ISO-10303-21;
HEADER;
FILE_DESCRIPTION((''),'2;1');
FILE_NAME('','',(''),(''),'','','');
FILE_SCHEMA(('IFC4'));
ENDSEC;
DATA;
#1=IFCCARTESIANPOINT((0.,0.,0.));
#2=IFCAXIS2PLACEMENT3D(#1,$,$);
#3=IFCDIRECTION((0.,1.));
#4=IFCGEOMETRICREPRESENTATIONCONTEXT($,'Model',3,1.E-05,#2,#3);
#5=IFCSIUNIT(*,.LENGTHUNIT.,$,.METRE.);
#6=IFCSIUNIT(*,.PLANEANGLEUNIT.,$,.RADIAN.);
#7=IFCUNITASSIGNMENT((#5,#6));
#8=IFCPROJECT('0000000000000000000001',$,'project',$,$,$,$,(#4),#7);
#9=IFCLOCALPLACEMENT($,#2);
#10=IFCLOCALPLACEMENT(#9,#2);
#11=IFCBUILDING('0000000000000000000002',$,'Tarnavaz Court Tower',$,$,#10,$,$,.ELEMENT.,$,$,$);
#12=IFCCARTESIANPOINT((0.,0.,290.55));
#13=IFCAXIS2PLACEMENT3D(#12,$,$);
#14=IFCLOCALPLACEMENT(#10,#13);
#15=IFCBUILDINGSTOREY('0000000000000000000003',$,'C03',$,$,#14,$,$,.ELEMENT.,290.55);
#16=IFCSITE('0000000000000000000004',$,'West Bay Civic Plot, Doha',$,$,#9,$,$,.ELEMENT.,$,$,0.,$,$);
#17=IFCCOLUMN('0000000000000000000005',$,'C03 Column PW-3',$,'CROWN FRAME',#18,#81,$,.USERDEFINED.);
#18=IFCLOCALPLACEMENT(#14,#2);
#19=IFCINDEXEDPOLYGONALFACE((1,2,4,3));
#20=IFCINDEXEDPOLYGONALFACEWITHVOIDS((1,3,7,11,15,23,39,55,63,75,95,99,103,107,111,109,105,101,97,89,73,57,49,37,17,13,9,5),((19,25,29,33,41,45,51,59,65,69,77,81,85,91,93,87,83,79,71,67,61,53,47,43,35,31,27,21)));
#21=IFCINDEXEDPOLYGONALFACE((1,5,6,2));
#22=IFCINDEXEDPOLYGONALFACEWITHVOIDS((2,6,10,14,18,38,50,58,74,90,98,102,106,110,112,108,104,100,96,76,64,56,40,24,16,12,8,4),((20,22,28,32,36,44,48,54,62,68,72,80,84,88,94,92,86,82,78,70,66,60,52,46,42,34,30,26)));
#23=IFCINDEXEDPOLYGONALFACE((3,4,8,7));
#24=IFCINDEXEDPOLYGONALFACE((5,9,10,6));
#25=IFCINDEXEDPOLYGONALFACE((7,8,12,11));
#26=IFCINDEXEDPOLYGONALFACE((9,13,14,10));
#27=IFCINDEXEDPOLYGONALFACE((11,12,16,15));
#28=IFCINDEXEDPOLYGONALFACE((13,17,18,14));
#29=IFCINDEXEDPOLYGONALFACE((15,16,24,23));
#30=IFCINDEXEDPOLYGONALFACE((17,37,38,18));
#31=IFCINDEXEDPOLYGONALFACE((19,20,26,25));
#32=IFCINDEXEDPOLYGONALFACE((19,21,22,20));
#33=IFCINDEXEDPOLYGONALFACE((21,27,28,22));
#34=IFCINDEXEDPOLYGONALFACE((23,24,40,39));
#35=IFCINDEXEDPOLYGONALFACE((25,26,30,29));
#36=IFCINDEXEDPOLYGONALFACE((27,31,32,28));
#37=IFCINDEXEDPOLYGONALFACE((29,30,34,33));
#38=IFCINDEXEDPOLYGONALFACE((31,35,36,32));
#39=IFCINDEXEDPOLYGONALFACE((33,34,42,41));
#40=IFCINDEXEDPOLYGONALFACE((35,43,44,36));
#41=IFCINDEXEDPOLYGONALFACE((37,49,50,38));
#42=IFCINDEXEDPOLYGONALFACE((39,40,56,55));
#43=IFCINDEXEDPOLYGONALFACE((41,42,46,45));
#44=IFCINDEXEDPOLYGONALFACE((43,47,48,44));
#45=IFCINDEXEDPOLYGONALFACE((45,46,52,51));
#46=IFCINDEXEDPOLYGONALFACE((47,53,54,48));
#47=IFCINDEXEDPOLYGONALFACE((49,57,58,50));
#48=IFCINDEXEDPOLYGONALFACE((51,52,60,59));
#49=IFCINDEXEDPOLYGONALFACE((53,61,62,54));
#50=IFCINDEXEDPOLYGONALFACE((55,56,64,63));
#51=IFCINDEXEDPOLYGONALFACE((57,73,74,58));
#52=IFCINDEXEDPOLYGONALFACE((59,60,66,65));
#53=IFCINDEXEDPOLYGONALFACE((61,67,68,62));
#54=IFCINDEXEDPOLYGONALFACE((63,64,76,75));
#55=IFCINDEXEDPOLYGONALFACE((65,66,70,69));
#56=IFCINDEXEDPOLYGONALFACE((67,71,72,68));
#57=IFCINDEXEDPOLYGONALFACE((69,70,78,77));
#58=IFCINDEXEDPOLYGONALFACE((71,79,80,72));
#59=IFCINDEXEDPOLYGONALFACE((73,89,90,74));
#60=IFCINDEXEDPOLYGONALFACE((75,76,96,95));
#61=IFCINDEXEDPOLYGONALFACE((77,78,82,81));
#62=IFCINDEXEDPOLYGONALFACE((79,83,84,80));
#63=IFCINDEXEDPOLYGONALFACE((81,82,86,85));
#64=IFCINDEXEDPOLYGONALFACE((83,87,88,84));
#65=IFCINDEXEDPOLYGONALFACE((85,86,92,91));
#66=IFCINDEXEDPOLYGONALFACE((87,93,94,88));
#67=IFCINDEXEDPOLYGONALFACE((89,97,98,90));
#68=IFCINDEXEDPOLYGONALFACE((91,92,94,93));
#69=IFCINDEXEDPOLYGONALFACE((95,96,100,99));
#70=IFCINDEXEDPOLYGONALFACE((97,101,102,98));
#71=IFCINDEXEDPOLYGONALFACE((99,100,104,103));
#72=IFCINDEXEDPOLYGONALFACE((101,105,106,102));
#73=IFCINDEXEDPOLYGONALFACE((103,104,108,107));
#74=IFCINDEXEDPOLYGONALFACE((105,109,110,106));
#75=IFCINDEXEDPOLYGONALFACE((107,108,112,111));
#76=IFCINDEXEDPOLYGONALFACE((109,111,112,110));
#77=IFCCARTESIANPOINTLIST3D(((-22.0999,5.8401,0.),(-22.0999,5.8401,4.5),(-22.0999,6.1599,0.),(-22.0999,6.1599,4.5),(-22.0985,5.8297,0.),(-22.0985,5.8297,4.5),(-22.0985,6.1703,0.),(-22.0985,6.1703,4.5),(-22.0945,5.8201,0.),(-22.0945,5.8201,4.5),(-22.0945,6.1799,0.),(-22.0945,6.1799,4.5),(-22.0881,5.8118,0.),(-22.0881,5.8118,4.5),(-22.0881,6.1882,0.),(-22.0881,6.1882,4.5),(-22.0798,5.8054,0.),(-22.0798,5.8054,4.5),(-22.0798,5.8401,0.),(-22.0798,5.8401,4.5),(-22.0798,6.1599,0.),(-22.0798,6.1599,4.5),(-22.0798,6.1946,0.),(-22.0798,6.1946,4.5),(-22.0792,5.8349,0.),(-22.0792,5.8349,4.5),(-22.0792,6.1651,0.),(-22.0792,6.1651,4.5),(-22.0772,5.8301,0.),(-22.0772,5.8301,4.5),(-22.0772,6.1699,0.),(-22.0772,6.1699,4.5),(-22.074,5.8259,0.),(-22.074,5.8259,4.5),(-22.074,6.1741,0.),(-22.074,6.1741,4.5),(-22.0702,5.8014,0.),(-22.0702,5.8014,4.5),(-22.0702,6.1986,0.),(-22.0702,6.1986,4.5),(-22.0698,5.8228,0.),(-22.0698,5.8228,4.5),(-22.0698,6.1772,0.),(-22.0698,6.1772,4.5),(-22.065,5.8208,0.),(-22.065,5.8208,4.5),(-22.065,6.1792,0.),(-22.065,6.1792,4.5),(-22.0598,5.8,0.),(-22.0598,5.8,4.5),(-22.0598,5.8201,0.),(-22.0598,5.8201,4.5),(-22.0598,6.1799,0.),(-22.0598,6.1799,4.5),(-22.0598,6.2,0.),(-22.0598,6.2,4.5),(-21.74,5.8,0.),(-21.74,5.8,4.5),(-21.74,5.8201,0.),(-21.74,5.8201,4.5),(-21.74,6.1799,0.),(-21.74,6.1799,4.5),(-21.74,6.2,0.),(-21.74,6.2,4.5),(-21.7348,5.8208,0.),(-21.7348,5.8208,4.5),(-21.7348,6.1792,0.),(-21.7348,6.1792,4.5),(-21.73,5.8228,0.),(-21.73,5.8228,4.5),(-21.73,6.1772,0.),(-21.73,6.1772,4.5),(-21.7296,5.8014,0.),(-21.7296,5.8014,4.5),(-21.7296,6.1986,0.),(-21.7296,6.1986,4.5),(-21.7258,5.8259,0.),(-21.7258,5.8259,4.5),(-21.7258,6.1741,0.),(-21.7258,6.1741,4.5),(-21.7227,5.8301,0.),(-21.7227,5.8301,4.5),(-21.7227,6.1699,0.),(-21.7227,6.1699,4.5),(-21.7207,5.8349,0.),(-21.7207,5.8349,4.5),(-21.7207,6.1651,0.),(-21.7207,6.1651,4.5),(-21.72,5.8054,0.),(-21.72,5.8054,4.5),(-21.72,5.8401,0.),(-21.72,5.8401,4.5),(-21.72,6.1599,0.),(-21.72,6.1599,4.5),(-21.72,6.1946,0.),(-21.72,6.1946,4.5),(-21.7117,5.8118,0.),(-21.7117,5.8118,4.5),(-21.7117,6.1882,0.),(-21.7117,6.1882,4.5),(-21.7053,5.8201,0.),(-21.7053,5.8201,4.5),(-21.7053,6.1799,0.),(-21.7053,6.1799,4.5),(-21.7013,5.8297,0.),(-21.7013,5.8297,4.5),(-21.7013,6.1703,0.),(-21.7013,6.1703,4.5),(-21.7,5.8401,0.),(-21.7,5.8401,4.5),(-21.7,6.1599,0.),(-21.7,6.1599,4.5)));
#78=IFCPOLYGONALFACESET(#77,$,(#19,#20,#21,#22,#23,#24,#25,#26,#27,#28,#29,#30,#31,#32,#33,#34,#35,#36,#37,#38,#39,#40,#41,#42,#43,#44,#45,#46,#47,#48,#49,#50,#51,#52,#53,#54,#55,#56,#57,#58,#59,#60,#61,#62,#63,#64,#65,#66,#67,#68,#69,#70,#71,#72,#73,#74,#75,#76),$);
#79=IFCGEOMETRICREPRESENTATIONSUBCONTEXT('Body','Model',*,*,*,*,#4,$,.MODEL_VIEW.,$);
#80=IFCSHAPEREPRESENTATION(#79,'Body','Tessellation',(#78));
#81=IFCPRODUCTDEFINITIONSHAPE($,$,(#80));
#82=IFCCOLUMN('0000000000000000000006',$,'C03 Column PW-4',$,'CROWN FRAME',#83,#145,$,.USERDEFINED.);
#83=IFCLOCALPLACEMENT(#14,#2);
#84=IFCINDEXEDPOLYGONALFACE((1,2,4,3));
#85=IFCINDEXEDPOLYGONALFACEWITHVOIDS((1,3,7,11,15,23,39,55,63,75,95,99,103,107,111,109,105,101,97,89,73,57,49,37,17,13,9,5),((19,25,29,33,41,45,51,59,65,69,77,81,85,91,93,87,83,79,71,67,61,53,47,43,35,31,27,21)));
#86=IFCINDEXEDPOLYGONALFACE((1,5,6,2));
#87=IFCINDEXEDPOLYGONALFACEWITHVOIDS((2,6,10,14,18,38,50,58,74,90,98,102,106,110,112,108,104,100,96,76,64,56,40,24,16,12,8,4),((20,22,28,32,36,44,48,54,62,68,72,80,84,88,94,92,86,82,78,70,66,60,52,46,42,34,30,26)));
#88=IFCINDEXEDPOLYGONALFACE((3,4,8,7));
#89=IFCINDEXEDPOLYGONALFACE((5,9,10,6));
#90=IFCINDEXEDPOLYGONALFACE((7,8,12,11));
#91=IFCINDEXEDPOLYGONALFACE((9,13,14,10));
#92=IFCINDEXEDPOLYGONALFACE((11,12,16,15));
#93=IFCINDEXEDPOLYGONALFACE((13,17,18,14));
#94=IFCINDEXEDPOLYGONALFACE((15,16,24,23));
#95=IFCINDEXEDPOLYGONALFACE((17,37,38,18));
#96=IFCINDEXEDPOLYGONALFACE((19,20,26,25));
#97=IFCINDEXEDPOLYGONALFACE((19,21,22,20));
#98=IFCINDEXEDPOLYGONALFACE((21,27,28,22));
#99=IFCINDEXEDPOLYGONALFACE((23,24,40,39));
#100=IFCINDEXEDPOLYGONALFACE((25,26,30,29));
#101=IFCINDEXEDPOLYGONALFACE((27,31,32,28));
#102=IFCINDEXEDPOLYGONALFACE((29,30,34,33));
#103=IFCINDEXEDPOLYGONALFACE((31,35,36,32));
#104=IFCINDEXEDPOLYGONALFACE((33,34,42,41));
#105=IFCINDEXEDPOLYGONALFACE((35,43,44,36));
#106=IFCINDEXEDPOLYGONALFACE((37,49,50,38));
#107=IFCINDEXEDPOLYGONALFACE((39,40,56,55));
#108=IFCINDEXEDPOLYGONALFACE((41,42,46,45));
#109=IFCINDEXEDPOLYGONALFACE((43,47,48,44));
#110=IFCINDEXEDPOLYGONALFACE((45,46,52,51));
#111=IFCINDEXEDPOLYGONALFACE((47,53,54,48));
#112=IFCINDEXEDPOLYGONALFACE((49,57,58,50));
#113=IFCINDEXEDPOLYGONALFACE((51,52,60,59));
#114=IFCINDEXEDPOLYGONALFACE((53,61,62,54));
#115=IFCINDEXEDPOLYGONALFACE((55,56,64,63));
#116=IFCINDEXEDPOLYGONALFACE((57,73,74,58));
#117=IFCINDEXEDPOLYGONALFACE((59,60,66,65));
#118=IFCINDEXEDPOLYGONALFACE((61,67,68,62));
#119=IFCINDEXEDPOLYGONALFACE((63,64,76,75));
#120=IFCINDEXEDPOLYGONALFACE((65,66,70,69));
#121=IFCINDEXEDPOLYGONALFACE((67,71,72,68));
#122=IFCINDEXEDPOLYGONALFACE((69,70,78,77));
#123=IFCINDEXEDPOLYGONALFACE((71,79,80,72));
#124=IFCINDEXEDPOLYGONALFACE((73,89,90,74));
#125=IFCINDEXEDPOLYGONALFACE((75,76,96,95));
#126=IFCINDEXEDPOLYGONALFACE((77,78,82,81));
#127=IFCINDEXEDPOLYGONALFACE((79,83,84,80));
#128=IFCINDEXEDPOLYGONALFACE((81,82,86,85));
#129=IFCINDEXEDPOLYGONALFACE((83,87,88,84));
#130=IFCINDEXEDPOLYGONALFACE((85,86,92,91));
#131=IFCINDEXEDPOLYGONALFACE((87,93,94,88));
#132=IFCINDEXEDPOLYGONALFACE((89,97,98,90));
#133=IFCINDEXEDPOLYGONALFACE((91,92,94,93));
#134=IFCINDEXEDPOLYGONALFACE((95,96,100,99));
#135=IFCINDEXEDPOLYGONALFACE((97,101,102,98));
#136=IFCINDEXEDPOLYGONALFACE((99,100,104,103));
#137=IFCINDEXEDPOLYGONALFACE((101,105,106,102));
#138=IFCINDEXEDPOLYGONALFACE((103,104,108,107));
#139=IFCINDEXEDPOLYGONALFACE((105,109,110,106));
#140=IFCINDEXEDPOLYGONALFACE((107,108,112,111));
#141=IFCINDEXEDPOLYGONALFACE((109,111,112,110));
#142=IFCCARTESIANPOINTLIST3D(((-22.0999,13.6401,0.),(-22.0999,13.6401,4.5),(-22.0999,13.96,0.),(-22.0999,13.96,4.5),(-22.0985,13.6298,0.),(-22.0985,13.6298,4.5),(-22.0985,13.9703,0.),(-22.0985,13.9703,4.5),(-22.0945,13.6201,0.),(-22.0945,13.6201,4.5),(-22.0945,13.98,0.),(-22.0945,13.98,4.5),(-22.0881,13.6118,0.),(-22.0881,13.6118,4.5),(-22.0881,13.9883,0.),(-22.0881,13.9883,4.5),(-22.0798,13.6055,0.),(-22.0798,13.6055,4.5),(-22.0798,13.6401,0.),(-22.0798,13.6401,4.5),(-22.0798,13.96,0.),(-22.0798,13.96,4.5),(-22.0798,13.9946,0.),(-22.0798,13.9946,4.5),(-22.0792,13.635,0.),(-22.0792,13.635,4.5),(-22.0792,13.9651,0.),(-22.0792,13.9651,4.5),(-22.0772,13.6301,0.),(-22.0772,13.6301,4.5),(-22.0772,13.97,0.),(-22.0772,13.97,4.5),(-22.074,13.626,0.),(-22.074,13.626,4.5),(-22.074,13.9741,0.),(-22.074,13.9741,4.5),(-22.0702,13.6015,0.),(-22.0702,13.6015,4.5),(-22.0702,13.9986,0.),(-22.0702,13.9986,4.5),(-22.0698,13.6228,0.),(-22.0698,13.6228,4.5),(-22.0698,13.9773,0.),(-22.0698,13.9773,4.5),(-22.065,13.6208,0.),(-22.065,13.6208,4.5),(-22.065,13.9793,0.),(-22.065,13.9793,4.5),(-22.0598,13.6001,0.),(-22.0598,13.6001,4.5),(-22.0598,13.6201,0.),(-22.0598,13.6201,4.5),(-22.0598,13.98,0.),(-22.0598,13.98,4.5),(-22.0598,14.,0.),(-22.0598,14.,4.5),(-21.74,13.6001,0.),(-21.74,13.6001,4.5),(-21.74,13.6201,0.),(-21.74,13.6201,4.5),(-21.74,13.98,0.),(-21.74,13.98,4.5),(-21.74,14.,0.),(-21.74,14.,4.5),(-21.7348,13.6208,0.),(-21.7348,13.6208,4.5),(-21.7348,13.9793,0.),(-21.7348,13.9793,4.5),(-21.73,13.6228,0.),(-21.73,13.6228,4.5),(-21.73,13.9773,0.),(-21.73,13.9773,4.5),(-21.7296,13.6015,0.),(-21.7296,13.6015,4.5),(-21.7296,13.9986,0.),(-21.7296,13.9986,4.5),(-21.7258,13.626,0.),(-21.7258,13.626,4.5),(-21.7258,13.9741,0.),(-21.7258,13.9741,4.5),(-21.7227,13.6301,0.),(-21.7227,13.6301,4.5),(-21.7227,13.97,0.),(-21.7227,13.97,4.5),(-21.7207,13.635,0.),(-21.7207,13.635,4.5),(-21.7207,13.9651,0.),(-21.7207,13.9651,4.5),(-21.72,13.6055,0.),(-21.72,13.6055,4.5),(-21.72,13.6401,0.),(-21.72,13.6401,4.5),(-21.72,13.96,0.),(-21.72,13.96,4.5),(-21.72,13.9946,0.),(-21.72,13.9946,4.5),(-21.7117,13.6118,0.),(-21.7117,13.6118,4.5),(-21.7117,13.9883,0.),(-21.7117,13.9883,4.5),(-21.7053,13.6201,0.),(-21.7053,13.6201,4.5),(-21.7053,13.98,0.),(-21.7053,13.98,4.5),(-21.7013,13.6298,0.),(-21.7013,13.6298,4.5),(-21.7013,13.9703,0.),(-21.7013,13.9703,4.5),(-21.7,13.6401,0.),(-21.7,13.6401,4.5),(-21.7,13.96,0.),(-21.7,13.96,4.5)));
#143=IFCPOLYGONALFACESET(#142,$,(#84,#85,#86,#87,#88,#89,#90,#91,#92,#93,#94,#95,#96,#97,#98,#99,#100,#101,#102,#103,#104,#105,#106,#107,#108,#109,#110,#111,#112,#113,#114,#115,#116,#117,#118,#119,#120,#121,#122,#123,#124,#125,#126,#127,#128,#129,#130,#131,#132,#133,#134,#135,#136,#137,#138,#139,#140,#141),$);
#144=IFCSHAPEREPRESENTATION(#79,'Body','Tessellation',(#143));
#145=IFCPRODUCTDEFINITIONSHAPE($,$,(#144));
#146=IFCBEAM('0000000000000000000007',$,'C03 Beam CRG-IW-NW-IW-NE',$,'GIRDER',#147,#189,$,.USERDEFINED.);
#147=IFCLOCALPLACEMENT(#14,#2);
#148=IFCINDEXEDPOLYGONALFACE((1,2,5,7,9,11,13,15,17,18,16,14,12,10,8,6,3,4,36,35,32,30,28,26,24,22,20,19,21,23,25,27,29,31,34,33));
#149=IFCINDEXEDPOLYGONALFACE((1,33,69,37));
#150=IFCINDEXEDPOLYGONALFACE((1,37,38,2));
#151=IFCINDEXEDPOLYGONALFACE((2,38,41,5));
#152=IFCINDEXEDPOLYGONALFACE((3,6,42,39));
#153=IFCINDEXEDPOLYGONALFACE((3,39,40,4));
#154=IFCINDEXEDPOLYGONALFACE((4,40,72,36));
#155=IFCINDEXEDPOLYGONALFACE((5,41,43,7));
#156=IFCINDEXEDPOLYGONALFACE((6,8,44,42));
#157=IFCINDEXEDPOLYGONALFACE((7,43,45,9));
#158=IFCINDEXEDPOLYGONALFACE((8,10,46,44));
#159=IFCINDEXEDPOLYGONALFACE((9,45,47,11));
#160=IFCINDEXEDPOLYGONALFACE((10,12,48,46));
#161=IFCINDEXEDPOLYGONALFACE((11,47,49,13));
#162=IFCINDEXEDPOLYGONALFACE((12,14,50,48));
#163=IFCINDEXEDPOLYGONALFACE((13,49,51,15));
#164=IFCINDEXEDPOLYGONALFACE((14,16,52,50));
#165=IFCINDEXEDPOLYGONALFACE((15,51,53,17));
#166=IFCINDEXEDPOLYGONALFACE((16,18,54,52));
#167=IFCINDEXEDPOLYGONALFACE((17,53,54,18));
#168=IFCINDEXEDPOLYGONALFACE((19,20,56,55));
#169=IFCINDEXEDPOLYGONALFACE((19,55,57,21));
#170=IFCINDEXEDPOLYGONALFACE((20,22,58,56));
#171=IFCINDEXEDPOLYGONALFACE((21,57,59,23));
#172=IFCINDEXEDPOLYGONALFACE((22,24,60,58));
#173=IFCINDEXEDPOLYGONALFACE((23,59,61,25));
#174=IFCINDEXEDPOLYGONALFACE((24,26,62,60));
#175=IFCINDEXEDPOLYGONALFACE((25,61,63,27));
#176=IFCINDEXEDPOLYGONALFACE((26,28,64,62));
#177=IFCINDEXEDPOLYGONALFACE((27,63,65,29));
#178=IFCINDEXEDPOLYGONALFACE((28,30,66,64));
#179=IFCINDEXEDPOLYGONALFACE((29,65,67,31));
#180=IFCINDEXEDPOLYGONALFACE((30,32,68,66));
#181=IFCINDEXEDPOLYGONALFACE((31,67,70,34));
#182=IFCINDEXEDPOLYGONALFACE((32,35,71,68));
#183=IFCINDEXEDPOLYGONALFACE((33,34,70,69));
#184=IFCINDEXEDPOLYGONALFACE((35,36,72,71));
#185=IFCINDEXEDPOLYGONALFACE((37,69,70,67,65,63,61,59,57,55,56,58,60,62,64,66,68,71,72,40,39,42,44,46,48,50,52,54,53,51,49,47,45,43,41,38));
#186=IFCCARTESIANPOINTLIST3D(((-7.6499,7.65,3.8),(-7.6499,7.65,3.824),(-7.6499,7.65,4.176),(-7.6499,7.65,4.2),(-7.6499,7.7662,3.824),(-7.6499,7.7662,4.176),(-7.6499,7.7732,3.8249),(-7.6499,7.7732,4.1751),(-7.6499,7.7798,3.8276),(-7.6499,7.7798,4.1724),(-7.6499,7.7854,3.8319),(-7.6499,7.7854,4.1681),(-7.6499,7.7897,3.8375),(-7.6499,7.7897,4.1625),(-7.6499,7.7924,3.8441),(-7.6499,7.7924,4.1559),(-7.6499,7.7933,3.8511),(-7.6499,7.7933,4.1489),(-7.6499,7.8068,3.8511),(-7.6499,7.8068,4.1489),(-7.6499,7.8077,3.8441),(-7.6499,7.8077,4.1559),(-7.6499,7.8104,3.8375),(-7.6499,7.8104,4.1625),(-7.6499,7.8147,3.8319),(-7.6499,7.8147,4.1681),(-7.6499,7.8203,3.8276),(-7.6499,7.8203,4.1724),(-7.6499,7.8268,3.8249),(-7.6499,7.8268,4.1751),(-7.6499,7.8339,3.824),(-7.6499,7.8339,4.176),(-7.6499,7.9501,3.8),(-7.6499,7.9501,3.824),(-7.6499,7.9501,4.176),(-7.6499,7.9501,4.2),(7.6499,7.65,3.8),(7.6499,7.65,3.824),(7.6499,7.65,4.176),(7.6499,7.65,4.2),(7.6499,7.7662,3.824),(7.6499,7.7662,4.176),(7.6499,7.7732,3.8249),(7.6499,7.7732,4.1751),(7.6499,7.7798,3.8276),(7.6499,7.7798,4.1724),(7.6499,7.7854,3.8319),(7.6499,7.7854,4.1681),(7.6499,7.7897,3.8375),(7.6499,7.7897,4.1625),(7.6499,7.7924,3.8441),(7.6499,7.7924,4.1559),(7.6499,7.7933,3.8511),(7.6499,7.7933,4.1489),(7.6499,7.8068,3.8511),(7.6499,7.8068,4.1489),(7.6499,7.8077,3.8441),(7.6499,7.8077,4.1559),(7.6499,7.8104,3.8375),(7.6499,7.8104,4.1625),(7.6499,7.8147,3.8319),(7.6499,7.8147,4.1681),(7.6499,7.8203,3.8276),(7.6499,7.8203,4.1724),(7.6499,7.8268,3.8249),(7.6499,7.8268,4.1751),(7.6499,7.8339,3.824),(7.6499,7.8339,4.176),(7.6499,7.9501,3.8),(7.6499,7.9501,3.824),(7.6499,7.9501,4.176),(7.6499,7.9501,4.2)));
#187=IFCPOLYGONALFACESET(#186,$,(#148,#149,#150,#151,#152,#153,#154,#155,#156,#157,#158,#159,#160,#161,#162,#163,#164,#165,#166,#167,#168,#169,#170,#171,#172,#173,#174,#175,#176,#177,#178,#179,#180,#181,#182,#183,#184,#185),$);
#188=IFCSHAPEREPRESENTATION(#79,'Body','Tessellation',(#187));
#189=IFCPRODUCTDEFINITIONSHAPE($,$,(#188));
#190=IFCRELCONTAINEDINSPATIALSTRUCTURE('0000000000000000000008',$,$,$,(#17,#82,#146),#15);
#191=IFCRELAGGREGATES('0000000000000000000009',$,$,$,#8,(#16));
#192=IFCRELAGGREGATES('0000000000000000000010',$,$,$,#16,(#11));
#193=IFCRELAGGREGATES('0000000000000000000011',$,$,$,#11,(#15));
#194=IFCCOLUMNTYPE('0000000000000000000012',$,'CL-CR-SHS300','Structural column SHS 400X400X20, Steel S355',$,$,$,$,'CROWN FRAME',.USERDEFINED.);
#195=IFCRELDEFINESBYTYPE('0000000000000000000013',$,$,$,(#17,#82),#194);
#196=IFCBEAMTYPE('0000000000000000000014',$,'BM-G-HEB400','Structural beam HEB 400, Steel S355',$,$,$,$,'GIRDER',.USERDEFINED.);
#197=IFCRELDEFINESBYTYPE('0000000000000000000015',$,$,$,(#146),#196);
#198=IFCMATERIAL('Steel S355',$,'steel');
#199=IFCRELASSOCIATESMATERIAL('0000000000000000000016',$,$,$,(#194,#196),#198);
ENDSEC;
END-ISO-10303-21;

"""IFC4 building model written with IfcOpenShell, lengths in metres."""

from ifc_helpers import new_model, si_unit, direction, frame, origin, origin_2d, place, context, subcontext, project, spatial, hollow_rectangle, i_section, extrude, material, material_profile, profile_set, type_object, element, save


model = new_model("IFC4")

# Units and contexts
model_context = context("Model", 3, precision=1e-05, world=origin(), true_north=direction((0.0, 1.0)))
body_context = subcontext(model_context, "Body", "Model", "MODEL_VIEW")
ifc_project = project(units=[si_unit("LENGTHUNIT", "METRE"), si_unit("PLANEANGLEUNIT", "RADIAN")], contexts=[model_context])

# Site, building, storey
site_placement = place(None, origin())
site = spatial("IfcSite", under=ifc_project, at=site_placement, Name="West Bay Civic Plot, Doha", CompositionType="ELEMENT", RefElevation=0.0)
building_placement = place(site_placement, origin())
building = spatial("IfcBuilding", under=site, at=building_placement, Name="Tarnavaz Court Tower", CompositionType="ELEMENT")
storey_placement = place(building_placement, frame((0.0, 0.0, 290.55)))
storey = spatial("IfcBuildingStorey", under=building, at=storey_placement, Name="C03", CompositionType="ELEMENT", Elevation=290.55)

# Columns
ifc_material_1 = material(Name="Steel S355", Category="steel")
ifc_material_profile_1 = material_profile(ifc_material_1, hollow_rectangle(XDim=0.3999, YDim=0.3999, WallThickness=0.02, InnerFilletRadius=0.02, OuterFilletRadius=0.04, at=origin_2d()), Name="SHS 400X400X20")
ifc_profile_set_1 = profile_set([ifc_material_profile_1], Name="Steel S355")
column_type = type_object("IfcColumnType", Name="CL-CR-SHS300", Description="Structural column SHS 400X400X20, Steel S355", ElementType="CROWN FRAME", PredefinedType="USERDEFINED", material=ifc_profile_set_1)
for number, where, z_axis, x_axis, name in (
    (1, (-21.8999, 6.0, 0.0), (0.0, 0.0, 1.0), (1.0, 0.0, 0.0), "C03 Column PW-3"),
    (2, (-21.8999, 13.8, 0.0), (0.0, 0.0, 1.0), (1.0, 0.0, 0.0), "C03 Column PW-4"),
):
    element("IfcColumn", number, at=place(storey_placement, frame(where, z_axis=z_axis, x_axis=x_axis)), inside=storey, type_object=column_type, Name=name, ObjectType="CROWN FRAME", PredefinedType="USERDEFINED", context=body_context, shape_type="SweptSolid", body=[
        extrude(hollow_rectangle(XDim=0.3999, YDim=0.3999, WallThickness=0.02, InnerFilletRadius=0.02, OuterFilletRadius=0.04, at=origin_2d()), origin(), (0.0, 0.0, 1.0), 4.5),
    ])

# Beam
ifc_material_profile_2 = material_profile(ifc_material_1, i_section(OverallWidth=0.3, OverallDepth=0.3999, WebThickness=0.0134, FlangeThickness=0.0239, FilletRadius=0.0271, at=origin_2d()), Name="HEB 400")
ifc_profile_set_2 = profile_set([ifc_material_profile_2], Name="Steel S355")
beam_type = type_object("IfcBeamType", Name="BM-G-HEB400", Description="Structural beam HEB 400, Steel S355", ElementType="GIRDER", PredefinedType="USERDEFINED", material=ifc_profile_set_2)
beam_1_placement = place(storey_placement, frame((-7.6499, 7.8, 4.0), z_axis=(1.0, 0.0, 0.0), x_axis=(0.0, 1.0, 0.0)))
element("IfcBeam", 3, at=beam_1_placement, inside=storey, type_object=beam_type, Name="C03 Beam CRG-IW-NW-IW-NE", ObjectType="GIRDER", PredefinedType="USERDEFINED", context=body_context, shape_type="SweptSolid", body=[
    extrude(i_section(OverallWidth=0.3, OverallDepth=0.3999, WebThickness=0.0134, FlangeThickness=0.0239, FilletRadius=0.0271, at=origin_2d()), origin(), (0.0, 0.0, 1.0), 15.2998),
])

save(model, "model.ifc")
